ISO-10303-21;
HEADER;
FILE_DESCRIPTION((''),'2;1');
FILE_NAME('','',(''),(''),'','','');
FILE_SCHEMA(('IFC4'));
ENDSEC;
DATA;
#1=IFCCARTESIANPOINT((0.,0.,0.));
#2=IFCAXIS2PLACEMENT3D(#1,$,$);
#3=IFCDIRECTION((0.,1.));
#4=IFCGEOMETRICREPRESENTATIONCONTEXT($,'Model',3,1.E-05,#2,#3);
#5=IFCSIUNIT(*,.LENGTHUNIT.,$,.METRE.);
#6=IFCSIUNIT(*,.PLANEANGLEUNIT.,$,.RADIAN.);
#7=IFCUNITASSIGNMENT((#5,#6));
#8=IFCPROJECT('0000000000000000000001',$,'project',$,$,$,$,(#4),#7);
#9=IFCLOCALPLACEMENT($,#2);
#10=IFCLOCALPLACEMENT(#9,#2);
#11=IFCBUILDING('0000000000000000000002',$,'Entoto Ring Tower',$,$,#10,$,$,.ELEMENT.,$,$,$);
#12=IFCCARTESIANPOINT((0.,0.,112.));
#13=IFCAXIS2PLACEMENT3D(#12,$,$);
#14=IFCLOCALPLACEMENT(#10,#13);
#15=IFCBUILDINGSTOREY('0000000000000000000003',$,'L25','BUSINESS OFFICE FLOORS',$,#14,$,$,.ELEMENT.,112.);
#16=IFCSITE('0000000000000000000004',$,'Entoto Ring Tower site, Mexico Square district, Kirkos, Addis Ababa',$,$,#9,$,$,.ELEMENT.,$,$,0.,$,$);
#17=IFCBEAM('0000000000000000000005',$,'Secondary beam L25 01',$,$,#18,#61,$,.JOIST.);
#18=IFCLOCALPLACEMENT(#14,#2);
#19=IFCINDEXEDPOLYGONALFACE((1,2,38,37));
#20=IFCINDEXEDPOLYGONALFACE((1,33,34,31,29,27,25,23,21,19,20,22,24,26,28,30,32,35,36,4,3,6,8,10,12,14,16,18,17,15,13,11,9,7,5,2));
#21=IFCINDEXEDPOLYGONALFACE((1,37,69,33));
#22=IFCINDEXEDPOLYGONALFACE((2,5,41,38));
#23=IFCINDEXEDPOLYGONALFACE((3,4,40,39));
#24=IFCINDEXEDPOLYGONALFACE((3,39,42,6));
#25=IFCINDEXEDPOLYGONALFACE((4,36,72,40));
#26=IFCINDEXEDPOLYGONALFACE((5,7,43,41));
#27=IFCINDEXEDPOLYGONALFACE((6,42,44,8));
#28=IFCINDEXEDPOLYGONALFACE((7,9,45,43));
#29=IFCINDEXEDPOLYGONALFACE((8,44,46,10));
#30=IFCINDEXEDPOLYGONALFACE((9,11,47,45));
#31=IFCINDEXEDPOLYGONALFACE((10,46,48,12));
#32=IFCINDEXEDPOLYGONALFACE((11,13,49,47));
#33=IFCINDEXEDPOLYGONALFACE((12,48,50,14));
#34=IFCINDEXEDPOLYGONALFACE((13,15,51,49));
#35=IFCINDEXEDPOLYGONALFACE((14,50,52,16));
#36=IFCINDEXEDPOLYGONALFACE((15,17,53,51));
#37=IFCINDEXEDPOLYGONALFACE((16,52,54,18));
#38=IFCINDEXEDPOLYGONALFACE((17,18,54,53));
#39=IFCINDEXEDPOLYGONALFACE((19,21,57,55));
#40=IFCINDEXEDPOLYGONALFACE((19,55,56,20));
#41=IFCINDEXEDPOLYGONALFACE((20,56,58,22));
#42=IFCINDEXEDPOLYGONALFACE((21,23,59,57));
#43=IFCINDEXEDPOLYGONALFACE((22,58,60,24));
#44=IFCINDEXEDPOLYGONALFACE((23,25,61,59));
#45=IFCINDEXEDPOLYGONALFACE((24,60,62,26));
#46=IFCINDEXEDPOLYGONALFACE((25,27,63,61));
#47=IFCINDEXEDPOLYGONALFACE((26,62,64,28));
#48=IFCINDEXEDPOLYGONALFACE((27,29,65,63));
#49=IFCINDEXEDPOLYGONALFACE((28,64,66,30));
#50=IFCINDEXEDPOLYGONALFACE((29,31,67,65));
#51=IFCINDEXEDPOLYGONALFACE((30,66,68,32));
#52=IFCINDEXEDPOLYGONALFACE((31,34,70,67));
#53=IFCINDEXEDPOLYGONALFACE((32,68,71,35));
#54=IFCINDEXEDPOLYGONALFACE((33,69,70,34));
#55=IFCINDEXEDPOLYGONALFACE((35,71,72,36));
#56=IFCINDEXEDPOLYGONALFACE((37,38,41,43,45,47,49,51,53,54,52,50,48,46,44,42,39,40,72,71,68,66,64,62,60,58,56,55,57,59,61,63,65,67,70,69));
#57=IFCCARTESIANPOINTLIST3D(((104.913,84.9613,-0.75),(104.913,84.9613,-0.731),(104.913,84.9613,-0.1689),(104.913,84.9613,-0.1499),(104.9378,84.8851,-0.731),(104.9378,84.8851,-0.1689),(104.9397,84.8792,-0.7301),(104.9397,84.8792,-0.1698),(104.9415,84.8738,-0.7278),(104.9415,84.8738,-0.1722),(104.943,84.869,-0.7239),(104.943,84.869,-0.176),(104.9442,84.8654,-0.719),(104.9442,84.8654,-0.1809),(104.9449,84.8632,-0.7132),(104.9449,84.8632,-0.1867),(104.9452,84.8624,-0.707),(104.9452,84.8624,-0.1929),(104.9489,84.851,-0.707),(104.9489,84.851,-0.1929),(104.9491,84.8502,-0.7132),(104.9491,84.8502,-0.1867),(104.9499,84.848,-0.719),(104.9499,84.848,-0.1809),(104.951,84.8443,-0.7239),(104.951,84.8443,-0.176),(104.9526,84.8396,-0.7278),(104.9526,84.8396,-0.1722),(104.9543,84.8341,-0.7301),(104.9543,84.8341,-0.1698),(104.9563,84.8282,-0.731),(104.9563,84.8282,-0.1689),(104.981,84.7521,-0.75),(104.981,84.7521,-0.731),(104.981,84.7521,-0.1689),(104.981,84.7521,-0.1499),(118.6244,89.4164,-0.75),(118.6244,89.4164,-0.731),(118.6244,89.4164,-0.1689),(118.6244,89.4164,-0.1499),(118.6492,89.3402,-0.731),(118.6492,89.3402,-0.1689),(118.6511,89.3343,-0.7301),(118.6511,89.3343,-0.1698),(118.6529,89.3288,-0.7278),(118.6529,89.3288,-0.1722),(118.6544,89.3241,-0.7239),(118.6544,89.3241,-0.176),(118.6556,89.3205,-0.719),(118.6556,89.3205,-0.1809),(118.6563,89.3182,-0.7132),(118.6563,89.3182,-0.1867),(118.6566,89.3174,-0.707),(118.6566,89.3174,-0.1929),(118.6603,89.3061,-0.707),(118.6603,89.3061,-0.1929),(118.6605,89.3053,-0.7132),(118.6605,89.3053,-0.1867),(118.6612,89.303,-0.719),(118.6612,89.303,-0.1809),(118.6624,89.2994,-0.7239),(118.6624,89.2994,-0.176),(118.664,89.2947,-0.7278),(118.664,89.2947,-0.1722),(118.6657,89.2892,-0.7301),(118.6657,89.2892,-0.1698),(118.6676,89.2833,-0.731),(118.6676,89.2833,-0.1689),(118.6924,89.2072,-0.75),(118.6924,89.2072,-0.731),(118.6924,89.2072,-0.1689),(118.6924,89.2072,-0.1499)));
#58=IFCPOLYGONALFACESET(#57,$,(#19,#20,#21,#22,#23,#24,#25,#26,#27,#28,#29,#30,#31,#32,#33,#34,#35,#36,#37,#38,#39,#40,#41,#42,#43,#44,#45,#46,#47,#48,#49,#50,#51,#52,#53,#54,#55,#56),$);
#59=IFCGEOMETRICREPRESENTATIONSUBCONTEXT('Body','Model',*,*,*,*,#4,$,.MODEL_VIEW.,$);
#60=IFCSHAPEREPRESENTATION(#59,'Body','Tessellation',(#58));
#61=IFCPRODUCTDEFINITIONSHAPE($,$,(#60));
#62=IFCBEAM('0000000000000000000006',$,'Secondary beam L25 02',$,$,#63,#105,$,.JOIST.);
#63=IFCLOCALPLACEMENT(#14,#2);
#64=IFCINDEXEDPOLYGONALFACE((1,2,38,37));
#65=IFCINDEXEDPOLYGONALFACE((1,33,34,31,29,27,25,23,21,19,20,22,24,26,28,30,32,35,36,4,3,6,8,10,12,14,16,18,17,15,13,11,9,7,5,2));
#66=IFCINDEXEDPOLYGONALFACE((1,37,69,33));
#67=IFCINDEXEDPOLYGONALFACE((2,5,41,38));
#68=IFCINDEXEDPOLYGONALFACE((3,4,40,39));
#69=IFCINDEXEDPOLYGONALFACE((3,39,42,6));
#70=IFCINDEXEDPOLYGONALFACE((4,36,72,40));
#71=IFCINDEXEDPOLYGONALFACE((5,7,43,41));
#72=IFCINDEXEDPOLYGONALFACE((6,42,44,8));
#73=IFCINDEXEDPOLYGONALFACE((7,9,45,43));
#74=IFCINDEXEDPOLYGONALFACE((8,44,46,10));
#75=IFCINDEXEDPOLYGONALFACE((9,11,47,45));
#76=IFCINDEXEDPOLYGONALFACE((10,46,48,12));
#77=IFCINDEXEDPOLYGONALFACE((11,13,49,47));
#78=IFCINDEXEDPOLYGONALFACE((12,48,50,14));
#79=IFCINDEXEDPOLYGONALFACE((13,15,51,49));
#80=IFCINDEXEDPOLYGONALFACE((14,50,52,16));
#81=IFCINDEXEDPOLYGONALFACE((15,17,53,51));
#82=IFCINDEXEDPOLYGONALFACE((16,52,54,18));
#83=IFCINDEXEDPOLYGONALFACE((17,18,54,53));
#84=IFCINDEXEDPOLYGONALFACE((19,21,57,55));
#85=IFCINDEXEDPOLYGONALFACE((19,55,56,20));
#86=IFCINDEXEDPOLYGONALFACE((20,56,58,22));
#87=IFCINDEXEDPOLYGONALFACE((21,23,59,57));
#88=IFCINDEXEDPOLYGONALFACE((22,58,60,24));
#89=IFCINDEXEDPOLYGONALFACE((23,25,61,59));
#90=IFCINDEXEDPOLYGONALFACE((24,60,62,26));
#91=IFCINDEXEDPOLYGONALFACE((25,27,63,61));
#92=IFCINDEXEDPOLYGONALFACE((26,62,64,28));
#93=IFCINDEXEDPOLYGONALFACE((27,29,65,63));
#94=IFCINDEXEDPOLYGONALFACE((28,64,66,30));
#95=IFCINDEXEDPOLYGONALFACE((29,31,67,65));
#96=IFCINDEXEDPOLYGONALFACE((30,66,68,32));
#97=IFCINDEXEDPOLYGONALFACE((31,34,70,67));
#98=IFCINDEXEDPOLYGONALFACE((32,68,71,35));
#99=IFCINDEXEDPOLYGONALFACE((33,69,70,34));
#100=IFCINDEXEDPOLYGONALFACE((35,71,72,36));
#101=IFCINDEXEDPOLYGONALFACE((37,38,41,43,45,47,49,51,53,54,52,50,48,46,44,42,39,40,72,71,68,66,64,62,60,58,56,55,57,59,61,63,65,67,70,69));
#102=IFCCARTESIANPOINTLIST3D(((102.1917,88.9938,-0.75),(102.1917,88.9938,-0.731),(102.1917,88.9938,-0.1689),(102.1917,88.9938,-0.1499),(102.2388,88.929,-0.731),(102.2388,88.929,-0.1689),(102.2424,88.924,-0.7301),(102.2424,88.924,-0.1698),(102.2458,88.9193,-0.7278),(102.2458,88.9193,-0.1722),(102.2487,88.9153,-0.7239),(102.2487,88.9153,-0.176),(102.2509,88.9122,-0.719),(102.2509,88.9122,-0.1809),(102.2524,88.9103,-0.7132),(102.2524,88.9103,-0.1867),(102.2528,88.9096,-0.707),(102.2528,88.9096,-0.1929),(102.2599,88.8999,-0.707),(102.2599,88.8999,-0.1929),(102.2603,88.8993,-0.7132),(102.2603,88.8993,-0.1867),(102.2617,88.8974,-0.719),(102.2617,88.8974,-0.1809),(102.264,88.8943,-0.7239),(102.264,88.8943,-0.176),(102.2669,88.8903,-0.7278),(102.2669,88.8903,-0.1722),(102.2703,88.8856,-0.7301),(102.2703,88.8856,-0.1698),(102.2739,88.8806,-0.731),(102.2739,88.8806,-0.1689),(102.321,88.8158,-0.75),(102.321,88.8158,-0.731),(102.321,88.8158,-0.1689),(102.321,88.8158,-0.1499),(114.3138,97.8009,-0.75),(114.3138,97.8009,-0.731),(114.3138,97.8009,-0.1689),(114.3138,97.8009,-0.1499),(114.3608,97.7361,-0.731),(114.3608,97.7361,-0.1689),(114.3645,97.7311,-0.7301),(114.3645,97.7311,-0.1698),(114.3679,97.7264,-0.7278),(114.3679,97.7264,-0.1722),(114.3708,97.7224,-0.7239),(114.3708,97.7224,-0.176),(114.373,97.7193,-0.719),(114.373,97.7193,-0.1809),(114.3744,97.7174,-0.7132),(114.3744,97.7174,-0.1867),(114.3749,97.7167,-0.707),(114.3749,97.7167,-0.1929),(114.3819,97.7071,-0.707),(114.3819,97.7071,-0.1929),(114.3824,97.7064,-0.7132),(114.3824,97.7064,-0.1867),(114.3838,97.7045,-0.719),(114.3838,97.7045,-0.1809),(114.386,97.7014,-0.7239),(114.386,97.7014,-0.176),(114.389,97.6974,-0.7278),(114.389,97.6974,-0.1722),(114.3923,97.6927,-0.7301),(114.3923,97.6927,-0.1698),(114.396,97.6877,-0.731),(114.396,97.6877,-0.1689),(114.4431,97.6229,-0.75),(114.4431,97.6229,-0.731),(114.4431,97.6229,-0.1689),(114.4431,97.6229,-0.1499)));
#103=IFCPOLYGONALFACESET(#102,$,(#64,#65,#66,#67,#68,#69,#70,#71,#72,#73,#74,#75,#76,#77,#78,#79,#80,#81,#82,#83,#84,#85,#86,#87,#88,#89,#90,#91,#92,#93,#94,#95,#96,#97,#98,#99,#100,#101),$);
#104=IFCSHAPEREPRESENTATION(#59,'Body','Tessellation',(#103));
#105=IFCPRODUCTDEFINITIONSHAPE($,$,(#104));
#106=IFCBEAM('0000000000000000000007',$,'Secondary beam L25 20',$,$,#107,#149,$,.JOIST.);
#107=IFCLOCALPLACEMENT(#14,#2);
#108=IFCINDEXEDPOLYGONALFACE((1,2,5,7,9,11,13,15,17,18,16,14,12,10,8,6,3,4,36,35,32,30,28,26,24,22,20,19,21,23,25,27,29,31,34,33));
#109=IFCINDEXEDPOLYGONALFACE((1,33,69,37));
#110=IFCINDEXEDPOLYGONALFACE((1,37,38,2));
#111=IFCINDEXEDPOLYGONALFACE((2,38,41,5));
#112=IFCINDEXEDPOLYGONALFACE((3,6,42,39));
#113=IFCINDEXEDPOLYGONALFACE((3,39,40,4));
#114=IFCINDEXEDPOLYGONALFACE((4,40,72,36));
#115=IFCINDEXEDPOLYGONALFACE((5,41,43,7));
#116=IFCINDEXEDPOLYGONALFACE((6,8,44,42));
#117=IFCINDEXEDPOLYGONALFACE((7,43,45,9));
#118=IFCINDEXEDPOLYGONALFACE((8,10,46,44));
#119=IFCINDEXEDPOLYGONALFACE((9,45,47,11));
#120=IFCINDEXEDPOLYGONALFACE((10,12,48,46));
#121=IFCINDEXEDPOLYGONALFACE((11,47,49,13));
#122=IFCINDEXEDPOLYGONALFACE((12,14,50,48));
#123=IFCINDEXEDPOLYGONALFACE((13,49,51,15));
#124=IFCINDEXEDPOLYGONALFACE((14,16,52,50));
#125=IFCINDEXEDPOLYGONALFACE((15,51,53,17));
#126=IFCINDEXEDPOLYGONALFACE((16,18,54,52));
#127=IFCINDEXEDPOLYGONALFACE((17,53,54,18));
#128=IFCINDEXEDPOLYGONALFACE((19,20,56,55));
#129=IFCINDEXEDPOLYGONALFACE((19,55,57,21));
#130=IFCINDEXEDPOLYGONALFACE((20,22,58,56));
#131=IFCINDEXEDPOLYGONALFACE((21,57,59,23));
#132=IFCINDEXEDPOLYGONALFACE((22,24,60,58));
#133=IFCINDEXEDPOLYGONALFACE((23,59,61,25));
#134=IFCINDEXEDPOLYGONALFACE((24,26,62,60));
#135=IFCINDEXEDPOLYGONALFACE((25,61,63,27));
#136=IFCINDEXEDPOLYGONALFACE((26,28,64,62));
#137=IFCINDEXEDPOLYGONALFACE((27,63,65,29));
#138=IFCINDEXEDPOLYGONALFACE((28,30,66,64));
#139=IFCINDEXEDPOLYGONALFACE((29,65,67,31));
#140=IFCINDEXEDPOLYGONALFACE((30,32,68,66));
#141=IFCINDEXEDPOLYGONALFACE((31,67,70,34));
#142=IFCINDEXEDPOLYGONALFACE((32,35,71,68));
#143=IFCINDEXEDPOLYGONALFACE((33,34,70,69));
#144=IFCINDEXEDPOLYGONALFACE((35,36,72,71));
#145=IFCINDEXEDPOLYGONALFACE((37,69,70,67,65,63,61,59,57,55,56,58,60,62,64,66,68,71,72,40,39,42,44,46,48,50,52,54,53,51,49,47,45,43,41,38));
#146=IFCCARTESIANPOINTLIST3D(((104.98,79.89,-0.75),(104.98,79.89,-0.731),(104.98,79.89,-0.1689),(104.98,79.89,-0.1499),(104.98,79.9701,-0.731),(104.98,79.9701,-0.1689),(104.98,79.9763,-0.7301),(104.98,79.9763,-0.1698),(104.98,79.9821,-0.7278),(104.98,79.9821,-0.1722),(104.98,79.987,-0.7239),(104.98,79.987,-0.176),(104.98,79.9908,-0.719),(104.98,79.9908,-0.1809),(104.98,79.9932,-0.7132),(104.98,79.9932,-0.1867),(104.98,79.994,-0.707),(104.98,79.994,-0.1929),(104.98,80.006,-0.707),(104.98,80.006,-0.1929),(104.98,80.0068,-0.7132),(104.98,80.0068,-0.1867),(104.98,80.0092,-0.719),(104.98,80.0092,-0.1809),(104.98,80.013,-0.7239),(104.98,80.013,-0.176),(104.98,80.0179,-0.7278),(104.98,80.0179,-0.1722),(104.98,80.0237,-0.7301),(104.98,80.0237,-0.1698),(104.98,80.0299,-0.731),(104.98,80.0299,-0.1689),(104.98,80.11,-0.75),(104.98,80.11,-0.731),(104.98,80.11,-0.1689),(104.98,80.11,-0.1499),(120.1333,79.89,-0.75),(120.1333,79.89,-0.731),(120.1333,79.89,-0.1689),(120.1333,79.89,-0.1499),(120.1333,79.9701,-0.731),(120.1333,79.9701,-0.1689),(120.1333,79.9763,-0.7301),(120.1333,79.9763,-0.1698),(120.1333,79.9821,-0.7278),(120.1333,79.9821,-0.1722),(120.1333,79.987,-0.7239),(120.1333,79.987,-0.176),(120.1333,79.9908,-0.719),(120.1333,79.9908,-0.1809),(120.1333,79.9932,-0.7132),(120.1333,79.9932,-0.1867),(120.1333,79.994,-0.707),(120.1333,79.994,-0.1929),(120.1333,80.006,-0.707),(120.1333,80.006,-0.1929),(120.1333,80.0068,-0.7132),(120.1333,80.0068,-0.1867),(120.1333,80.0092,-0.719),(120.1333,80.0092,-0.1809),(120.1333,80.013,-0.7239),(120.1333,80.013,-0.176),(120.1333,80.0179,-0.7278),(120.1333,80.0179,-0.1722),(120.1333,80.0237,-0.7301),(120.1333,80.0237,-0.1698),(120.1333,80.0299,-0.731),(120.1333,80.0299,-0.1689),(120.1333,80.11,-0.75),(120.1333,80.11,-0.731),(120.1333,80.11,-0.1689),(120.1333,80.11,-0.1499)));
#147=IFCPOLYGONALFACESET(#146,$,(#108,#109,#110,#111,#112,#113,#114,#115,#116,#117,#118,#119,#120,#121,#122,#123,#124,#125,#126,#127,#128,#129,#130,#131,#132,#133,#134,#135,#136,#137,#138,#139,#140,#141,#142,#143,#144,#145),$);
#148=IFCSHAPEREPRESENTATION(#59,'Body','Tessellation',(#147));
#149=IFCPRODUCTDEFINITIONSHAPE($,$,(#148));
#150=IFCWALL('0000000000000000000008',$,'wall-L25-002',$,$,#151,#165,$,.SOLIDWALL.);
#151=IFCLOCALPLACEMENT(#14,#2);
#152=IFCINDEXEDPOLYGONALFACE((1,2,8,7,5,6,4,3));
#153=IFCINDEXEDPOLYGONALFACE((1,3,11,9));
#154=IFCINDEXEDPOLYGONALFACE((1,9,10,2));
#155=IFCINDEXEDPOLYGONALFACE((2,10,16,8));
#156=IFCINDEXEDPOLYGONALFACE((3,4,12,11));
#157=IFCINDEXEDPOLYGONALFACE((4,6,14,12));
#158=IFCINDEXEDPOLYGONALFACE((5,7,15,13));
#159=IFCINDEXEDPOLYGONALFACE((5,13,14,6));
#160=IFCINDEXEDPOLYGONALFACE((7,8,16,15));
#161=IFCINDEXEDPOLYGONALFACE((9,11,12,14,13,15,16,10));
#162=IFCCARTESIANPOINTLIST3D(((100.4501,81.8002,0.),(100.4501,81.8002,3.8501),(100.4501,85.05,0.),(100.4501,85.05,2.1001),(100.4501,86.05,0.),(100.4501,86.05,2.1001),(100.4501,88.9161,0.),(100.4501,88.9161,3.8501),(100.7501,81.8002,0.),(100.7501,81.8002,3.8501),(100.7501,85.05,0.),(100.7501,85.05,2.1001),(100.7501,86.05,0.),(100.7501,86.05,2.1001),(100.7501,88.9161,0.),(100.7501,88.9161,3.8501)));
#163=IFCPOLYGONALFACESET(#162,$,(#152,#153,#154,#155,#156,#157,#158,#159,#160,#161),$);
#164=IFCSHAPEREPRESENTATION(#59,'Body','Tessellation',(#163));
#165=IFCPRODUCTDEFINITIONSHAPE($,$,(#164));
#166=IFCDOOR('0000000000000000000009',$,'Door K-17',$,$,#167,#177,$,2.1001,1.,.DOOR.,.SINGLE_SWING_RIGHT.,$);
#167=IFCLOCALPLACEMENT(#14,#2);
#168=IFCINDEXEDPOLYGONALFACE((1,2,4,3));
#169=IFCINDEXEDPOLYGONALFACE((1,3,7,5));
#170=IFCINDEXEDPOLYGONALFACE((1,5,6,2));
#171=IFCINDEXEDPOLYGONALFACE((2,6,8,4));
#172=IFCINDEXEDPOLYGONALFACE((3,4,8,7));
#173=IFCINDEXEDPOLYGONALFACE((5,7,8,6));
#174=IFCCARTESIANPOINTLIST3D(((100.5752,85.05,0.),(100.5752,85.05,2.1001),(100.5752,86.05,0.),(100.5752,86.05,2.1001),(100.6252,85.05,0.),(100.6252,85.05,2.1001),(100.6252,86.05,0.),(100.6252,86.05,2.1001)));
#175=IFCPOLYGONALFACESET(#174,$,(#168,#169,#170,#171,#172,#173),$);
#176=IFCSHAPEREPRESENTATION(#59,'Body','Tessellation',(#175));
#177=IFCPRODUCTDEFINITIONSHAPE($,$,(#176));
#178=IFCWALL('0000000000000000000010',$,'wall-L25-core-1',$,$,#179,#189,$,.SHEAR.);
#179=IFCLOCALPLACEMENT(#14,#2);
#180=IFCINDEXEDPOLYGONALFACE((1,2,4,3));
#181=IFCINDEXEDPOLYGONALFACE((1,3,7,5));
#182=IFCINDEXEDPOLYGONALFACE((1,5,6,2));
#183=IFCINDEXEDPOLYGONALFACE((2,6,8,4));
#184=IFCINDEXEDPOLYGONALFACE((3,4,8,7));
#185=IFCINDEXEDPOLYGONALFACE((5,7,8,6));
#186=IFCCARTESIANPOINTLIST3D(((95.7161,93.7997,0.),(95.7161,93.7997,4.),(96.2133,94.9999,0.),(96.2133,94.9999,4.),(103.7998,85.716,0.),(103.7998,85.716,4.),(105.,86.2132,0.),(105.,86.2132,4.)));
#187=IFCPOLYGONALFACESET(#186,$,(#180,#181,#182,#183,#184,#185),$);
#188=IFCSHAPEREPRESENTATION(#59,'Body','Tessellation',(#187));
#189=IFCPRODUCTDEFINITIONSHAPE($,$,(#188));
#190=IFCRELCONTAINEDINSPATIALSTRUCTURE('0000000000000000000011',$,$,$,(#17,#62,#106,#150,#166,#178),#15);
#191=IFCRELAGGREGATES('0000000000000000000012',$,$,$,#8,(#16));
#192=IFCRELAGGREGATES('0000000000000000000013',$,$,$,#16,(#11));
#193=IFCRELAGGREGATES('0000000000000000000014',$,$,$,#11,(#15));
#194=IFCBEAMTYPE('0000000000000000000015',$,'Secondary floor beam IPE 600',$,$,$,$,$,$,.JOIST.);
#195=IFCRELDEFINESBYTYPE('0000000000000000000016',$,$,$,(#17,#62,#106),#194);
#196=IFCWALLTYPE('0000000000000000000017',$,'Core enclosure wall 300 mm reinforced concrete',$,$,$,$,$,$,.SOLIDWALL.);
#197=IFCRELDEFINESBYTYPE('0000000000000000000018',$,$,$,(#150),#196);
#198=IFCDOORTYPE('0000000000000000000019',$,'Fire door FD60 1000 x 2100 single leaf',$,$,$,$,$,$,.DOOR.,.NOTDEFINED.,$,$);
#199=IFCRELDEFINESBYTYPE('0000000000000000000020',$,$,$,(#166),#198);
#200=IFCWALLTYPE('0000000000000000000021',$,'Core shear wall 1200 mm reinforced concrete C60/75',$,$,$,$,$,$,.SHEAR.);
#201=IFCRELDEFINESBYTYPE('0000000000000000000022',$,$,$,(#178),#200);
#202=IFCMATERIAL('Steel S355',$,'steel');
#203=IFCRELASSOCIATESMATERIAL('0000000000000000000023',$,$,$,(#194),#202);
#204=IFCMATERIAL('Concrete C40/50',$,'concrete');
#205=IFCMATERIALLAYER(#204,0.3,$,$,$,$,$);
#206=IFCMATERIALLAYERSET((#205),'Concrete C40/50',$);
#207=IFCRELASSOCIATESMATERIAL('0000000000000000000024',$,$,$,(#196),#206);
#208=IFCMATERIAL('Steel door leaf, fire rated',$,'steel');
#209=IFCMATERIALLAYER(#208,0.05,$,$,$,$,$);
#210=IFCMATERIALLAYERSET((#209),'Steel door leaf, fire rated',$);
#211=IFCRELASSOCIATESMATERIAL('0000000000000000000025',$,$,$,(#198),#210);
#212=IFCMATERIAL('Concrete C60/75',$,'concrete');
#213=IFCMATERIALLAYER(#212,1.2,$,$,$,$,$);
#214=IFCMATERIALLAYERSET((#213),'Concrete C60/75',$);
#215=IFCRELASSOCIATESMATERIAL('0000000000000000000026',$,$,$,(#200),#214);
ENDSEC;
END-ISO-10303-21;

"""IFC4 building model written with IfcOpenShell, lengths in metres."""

from ifc_helpers import new_model, si_unit, direction, frame, frame_2d, origin, origin_2d, place, context, subcontext, project, spatial, polyline, rectangle, i_section, outline, extrude, material, layer, layer_set, material_profile, profile_set, type_object, element, fill, save


model = new_model("IFC4")

# Units and contexts
model_context = context("Model", 3, precision=1e-05, world=origin(), true_north=direction((0.0, 1.0)))
body_context = subcontext(model_context, "Body", "Model", "MODEL_VIEW")
ifc_project = project(units=[si_unit("LENGTHUNIT", "METRE"), si_unit("PLANEANGLEUNIT", "RADIAN")], contexts=[model_context])

# Site, building, storey
site_placement = place(None, origin())
site = spatial("IfcSite", under=ifc_project, at=site_placement, Name="Entoto Ring Tower site, Mexico Square district, Kirkos, Addis Ababa", CompositionType="ELEMENT", RefElevation=0.0)
building_placement = place(site_placement, origin())
building = spatial("IfcBuilding", under=site, at=building_placement, Name="Entoto Ring Tower", CompositionType="ELEMENT")
storey_placement = place(building_placement, frame((0.0, 0.0, 112.0)))
storey = spatial("IfcBuildingStorey", under=building, at=storey_placement, Name="L25", Description="BUSINESS OFFICE FLOORS", CompositionType="ELEMENT", Elevation=112.0)

# Beams
ifc_material_1 = material(Name="Steel S355", Category="steel")
ifc_material_profile_1 = material_profile(ifc_material_1, i_section(OverallWidth=0.22, OverallDepth=0.6001, WebThickness=0.012, FlangeThickness=0.019, FilletRadius=0.0239, at=origin_2d()), Name="IPE 600")
ifc_profile_set_1 = profile_set([ifc_material_profile_1], Name="Steel S355")
beam_type_1 = type_object("IfcBeamType", Name="Secondary floor beam IPE 600", PredefinedType="JOIST", material=ifc_profile_set_1)
beam_1_placement = place(storey_placement, frame((104.947, 84.8567, -0.45), z_axis=(0.951057, 0.309015, 0.0), x_axis=(-0.309015, 0.951057, 0.0)))
element("IfcBeam", 1, at=beam_1_placement, inside=storey, type_object=beam_type_1, Name="Secondary beam L25 01", PredefinedType="JOIST", context=body_context, shape_type="SweptSolid", body=[
    extrude(i_section(OverallWidth=0.22, OverallDepth=0.6001, WebThickness=0.012, FlangeThickness=0.019, FilletRadius=0.0239, at=origin_2d()), origin(), (0.0, 0.0, 1.0), 14.417),
])
beam_2_placement = place(storey_placement, frame((102.2563, 88.9048, -0.45), z_axis=(0.809019, 0.587782, 0.0), x_axis=(-0.587782, 0.809019, 0.0)))
element("IfcBeam", 2, at=beam_2_placement, inside=storey, type_object=beam_type_1, Name="Secondary beam L25 02", PredefinedType="JOIST", context=body_context, shape_type="SweptSolid", body=[
    extrude(i_section(OverallWidth=0.22, OverallDepth=0.6001, WebThickness=0.012, FlangeThickness=0.019, FilletRadius=0.0239, at=origin_2d()), origin(), (0.0, 0.0, 1.0), 14.9836),
])
beam_3_placement = place(storey_placement, frame((104.98, 80.0, -0.45), z_axis=(1.0, 0.0, 0.0), x_axis=(0.0, 1.0, 0.0)))
element("IfcBeam", 3, at=beam_3_placement, inside=storey, type_object=beam_type_1, Name="Secondary beam L25 20", PredefinedType="JOIST", context=body_context, shape_type="SweptSolid", body=[
    extrude(i_section(OverallWidth=0.22, OverallDepth=0.6001, WebThickness=0.012, FlangeThickness=0.019, FilletRadius=0.0239, at=origin_2d()), origin(), (0.0, 0.0, 1.0), 15.1533),
])

# Wall, opening, door
ifc_material_2 = material(Name="Concrete C40/50", Category="concrete")
ifc_layer_1 = layer(ifc_material_2, 0.3)
ifc_layer_set_1 = layer_set([ifc_layer_1], Name="Concrete C40/50")
wall_type_1 = type_object("IfcWallType", Name="Core enclosure wall 300 mm reinforced concrete", PredefinedType="SOLIDWALL", material=ifc_layer_set_1)
wall_1_placement = place(storey_placement, frame((100.6001, 81.8, 0.0), z_axis=(0.0, 0.0, 1.0), x_axis=(0.0, 1.0, 0.0)))
wall_1 = element("IfcWall", 4, at=wall_1_placement, inside=storey, type_object=wall_type_1, Name="wall-L25-002", PredefinedType="SOLIDWALL", context=body_context, shape_type="SweptSolid", body=[
    extrude(rectangle(XDim=7.116, YDim=0.3, at=frame_2d((3.5581, 0.0))), origin(), (0.0, 0.0, 1.0), 3.8501),
])
opening_1_placement = place(wall_1_placement, frame((3.25, 0.0, 0.0)))
opening_1 = element("IfcOpeningElement", 5, at=opening_1_placement, cuts=wall_1, PredefinedType="OPENING", context=body_context, shape_type="SweptSolid", body=[
    extrude(rectangle(XDim=1.0, YDim=2.1001, at=frame_2d((0.5, 1.05))), frame((0.0, 0.1602, 0.0), z_axis=(0.0, -1.0, 0.0), x_axis=(1.0, 0.0, 0.0)), (0.0, 0.0, 1.0), 0.3201),
])
ifc_material_3 = material(Name="Steel door leaf, fire rated", Category="steel")
ifc_layer_2 = layer(ifc_material_3, 0.05)
ifc_layer_set_2 = layer_set([ifc_layer_2], Name="Steel door leaf, fire rated")
door_type_1 = type_object("IfcDoorType", Name="Fire door FD60 1000 x 2100 single leaf", OperationType="NOTDEFINED", PredefinedType="DOOR", material=ifc_layer_set_2)
door_1_placement = place(opening_1_placement, origin())
door_1 = element("IfcDoor", 6, at=door_1_placement, inside=storey, type_object=door_type_1, Name="Door K-17", OperationType="SINGLE_SWING_RIGHT", OverallHeight=2.1001, OverallWidth=1.0, PredefinedType="DOOR", context=body_context, shape_type="SweptSolid", body=[
    extrude(rectangle(XDim=1.0, YDim=2.1001, at=frame_2d((0.5, 1.05))), frame((0.0, 0.0249, 0.0), z_axis=(0.0, -1.0, 0.0), x_axis=(1.0, 0.0, 0.0)), (0.0, 0.0, 1.0), 0.05),
])
fill(opening_1, door_1)

# Wall
ifc_material_4 = material(Name="Concrete C60/75", Category="concrete")
ifc_layer_3 = layer(ifc_material_4, 1.2)
ifc_layer_set_3 = layer_set([ifc_layer_3], Name="Concrete C60/75")
wall_type_2 = type_object("IfcWallType", Name="Core shear wall 1200 mm reinforced concrete C60/75", PredefinedType="SHEAR", material=ifc_layer_set_3)
wall_2_placement = place(storey_placement, frame((104.3999, 85.9646, 0.0), z_axis=(0.0, 0.0, 1.0), x_axis=(-0.707107, 0.707107, 0.0)))
element("IfcWall", 7, at=wall_2_placement, inside=storey, type_object=wall_type_2, Name="wall-L25-core-1", PredefinedType="SHEAR", context=body_context, shape_type="SweptSolid", body=[
    extrude(outline(polyline([(-0.2485, -0.6001), (12.1777, -0.6001), (11.6807, 0.6001), (0.2485, 0.6001), (-0.2485, -0.6001)])), origin(), (0.0, 0.0, 1.0), 4.0),
])

save(model, "model.ifc")
